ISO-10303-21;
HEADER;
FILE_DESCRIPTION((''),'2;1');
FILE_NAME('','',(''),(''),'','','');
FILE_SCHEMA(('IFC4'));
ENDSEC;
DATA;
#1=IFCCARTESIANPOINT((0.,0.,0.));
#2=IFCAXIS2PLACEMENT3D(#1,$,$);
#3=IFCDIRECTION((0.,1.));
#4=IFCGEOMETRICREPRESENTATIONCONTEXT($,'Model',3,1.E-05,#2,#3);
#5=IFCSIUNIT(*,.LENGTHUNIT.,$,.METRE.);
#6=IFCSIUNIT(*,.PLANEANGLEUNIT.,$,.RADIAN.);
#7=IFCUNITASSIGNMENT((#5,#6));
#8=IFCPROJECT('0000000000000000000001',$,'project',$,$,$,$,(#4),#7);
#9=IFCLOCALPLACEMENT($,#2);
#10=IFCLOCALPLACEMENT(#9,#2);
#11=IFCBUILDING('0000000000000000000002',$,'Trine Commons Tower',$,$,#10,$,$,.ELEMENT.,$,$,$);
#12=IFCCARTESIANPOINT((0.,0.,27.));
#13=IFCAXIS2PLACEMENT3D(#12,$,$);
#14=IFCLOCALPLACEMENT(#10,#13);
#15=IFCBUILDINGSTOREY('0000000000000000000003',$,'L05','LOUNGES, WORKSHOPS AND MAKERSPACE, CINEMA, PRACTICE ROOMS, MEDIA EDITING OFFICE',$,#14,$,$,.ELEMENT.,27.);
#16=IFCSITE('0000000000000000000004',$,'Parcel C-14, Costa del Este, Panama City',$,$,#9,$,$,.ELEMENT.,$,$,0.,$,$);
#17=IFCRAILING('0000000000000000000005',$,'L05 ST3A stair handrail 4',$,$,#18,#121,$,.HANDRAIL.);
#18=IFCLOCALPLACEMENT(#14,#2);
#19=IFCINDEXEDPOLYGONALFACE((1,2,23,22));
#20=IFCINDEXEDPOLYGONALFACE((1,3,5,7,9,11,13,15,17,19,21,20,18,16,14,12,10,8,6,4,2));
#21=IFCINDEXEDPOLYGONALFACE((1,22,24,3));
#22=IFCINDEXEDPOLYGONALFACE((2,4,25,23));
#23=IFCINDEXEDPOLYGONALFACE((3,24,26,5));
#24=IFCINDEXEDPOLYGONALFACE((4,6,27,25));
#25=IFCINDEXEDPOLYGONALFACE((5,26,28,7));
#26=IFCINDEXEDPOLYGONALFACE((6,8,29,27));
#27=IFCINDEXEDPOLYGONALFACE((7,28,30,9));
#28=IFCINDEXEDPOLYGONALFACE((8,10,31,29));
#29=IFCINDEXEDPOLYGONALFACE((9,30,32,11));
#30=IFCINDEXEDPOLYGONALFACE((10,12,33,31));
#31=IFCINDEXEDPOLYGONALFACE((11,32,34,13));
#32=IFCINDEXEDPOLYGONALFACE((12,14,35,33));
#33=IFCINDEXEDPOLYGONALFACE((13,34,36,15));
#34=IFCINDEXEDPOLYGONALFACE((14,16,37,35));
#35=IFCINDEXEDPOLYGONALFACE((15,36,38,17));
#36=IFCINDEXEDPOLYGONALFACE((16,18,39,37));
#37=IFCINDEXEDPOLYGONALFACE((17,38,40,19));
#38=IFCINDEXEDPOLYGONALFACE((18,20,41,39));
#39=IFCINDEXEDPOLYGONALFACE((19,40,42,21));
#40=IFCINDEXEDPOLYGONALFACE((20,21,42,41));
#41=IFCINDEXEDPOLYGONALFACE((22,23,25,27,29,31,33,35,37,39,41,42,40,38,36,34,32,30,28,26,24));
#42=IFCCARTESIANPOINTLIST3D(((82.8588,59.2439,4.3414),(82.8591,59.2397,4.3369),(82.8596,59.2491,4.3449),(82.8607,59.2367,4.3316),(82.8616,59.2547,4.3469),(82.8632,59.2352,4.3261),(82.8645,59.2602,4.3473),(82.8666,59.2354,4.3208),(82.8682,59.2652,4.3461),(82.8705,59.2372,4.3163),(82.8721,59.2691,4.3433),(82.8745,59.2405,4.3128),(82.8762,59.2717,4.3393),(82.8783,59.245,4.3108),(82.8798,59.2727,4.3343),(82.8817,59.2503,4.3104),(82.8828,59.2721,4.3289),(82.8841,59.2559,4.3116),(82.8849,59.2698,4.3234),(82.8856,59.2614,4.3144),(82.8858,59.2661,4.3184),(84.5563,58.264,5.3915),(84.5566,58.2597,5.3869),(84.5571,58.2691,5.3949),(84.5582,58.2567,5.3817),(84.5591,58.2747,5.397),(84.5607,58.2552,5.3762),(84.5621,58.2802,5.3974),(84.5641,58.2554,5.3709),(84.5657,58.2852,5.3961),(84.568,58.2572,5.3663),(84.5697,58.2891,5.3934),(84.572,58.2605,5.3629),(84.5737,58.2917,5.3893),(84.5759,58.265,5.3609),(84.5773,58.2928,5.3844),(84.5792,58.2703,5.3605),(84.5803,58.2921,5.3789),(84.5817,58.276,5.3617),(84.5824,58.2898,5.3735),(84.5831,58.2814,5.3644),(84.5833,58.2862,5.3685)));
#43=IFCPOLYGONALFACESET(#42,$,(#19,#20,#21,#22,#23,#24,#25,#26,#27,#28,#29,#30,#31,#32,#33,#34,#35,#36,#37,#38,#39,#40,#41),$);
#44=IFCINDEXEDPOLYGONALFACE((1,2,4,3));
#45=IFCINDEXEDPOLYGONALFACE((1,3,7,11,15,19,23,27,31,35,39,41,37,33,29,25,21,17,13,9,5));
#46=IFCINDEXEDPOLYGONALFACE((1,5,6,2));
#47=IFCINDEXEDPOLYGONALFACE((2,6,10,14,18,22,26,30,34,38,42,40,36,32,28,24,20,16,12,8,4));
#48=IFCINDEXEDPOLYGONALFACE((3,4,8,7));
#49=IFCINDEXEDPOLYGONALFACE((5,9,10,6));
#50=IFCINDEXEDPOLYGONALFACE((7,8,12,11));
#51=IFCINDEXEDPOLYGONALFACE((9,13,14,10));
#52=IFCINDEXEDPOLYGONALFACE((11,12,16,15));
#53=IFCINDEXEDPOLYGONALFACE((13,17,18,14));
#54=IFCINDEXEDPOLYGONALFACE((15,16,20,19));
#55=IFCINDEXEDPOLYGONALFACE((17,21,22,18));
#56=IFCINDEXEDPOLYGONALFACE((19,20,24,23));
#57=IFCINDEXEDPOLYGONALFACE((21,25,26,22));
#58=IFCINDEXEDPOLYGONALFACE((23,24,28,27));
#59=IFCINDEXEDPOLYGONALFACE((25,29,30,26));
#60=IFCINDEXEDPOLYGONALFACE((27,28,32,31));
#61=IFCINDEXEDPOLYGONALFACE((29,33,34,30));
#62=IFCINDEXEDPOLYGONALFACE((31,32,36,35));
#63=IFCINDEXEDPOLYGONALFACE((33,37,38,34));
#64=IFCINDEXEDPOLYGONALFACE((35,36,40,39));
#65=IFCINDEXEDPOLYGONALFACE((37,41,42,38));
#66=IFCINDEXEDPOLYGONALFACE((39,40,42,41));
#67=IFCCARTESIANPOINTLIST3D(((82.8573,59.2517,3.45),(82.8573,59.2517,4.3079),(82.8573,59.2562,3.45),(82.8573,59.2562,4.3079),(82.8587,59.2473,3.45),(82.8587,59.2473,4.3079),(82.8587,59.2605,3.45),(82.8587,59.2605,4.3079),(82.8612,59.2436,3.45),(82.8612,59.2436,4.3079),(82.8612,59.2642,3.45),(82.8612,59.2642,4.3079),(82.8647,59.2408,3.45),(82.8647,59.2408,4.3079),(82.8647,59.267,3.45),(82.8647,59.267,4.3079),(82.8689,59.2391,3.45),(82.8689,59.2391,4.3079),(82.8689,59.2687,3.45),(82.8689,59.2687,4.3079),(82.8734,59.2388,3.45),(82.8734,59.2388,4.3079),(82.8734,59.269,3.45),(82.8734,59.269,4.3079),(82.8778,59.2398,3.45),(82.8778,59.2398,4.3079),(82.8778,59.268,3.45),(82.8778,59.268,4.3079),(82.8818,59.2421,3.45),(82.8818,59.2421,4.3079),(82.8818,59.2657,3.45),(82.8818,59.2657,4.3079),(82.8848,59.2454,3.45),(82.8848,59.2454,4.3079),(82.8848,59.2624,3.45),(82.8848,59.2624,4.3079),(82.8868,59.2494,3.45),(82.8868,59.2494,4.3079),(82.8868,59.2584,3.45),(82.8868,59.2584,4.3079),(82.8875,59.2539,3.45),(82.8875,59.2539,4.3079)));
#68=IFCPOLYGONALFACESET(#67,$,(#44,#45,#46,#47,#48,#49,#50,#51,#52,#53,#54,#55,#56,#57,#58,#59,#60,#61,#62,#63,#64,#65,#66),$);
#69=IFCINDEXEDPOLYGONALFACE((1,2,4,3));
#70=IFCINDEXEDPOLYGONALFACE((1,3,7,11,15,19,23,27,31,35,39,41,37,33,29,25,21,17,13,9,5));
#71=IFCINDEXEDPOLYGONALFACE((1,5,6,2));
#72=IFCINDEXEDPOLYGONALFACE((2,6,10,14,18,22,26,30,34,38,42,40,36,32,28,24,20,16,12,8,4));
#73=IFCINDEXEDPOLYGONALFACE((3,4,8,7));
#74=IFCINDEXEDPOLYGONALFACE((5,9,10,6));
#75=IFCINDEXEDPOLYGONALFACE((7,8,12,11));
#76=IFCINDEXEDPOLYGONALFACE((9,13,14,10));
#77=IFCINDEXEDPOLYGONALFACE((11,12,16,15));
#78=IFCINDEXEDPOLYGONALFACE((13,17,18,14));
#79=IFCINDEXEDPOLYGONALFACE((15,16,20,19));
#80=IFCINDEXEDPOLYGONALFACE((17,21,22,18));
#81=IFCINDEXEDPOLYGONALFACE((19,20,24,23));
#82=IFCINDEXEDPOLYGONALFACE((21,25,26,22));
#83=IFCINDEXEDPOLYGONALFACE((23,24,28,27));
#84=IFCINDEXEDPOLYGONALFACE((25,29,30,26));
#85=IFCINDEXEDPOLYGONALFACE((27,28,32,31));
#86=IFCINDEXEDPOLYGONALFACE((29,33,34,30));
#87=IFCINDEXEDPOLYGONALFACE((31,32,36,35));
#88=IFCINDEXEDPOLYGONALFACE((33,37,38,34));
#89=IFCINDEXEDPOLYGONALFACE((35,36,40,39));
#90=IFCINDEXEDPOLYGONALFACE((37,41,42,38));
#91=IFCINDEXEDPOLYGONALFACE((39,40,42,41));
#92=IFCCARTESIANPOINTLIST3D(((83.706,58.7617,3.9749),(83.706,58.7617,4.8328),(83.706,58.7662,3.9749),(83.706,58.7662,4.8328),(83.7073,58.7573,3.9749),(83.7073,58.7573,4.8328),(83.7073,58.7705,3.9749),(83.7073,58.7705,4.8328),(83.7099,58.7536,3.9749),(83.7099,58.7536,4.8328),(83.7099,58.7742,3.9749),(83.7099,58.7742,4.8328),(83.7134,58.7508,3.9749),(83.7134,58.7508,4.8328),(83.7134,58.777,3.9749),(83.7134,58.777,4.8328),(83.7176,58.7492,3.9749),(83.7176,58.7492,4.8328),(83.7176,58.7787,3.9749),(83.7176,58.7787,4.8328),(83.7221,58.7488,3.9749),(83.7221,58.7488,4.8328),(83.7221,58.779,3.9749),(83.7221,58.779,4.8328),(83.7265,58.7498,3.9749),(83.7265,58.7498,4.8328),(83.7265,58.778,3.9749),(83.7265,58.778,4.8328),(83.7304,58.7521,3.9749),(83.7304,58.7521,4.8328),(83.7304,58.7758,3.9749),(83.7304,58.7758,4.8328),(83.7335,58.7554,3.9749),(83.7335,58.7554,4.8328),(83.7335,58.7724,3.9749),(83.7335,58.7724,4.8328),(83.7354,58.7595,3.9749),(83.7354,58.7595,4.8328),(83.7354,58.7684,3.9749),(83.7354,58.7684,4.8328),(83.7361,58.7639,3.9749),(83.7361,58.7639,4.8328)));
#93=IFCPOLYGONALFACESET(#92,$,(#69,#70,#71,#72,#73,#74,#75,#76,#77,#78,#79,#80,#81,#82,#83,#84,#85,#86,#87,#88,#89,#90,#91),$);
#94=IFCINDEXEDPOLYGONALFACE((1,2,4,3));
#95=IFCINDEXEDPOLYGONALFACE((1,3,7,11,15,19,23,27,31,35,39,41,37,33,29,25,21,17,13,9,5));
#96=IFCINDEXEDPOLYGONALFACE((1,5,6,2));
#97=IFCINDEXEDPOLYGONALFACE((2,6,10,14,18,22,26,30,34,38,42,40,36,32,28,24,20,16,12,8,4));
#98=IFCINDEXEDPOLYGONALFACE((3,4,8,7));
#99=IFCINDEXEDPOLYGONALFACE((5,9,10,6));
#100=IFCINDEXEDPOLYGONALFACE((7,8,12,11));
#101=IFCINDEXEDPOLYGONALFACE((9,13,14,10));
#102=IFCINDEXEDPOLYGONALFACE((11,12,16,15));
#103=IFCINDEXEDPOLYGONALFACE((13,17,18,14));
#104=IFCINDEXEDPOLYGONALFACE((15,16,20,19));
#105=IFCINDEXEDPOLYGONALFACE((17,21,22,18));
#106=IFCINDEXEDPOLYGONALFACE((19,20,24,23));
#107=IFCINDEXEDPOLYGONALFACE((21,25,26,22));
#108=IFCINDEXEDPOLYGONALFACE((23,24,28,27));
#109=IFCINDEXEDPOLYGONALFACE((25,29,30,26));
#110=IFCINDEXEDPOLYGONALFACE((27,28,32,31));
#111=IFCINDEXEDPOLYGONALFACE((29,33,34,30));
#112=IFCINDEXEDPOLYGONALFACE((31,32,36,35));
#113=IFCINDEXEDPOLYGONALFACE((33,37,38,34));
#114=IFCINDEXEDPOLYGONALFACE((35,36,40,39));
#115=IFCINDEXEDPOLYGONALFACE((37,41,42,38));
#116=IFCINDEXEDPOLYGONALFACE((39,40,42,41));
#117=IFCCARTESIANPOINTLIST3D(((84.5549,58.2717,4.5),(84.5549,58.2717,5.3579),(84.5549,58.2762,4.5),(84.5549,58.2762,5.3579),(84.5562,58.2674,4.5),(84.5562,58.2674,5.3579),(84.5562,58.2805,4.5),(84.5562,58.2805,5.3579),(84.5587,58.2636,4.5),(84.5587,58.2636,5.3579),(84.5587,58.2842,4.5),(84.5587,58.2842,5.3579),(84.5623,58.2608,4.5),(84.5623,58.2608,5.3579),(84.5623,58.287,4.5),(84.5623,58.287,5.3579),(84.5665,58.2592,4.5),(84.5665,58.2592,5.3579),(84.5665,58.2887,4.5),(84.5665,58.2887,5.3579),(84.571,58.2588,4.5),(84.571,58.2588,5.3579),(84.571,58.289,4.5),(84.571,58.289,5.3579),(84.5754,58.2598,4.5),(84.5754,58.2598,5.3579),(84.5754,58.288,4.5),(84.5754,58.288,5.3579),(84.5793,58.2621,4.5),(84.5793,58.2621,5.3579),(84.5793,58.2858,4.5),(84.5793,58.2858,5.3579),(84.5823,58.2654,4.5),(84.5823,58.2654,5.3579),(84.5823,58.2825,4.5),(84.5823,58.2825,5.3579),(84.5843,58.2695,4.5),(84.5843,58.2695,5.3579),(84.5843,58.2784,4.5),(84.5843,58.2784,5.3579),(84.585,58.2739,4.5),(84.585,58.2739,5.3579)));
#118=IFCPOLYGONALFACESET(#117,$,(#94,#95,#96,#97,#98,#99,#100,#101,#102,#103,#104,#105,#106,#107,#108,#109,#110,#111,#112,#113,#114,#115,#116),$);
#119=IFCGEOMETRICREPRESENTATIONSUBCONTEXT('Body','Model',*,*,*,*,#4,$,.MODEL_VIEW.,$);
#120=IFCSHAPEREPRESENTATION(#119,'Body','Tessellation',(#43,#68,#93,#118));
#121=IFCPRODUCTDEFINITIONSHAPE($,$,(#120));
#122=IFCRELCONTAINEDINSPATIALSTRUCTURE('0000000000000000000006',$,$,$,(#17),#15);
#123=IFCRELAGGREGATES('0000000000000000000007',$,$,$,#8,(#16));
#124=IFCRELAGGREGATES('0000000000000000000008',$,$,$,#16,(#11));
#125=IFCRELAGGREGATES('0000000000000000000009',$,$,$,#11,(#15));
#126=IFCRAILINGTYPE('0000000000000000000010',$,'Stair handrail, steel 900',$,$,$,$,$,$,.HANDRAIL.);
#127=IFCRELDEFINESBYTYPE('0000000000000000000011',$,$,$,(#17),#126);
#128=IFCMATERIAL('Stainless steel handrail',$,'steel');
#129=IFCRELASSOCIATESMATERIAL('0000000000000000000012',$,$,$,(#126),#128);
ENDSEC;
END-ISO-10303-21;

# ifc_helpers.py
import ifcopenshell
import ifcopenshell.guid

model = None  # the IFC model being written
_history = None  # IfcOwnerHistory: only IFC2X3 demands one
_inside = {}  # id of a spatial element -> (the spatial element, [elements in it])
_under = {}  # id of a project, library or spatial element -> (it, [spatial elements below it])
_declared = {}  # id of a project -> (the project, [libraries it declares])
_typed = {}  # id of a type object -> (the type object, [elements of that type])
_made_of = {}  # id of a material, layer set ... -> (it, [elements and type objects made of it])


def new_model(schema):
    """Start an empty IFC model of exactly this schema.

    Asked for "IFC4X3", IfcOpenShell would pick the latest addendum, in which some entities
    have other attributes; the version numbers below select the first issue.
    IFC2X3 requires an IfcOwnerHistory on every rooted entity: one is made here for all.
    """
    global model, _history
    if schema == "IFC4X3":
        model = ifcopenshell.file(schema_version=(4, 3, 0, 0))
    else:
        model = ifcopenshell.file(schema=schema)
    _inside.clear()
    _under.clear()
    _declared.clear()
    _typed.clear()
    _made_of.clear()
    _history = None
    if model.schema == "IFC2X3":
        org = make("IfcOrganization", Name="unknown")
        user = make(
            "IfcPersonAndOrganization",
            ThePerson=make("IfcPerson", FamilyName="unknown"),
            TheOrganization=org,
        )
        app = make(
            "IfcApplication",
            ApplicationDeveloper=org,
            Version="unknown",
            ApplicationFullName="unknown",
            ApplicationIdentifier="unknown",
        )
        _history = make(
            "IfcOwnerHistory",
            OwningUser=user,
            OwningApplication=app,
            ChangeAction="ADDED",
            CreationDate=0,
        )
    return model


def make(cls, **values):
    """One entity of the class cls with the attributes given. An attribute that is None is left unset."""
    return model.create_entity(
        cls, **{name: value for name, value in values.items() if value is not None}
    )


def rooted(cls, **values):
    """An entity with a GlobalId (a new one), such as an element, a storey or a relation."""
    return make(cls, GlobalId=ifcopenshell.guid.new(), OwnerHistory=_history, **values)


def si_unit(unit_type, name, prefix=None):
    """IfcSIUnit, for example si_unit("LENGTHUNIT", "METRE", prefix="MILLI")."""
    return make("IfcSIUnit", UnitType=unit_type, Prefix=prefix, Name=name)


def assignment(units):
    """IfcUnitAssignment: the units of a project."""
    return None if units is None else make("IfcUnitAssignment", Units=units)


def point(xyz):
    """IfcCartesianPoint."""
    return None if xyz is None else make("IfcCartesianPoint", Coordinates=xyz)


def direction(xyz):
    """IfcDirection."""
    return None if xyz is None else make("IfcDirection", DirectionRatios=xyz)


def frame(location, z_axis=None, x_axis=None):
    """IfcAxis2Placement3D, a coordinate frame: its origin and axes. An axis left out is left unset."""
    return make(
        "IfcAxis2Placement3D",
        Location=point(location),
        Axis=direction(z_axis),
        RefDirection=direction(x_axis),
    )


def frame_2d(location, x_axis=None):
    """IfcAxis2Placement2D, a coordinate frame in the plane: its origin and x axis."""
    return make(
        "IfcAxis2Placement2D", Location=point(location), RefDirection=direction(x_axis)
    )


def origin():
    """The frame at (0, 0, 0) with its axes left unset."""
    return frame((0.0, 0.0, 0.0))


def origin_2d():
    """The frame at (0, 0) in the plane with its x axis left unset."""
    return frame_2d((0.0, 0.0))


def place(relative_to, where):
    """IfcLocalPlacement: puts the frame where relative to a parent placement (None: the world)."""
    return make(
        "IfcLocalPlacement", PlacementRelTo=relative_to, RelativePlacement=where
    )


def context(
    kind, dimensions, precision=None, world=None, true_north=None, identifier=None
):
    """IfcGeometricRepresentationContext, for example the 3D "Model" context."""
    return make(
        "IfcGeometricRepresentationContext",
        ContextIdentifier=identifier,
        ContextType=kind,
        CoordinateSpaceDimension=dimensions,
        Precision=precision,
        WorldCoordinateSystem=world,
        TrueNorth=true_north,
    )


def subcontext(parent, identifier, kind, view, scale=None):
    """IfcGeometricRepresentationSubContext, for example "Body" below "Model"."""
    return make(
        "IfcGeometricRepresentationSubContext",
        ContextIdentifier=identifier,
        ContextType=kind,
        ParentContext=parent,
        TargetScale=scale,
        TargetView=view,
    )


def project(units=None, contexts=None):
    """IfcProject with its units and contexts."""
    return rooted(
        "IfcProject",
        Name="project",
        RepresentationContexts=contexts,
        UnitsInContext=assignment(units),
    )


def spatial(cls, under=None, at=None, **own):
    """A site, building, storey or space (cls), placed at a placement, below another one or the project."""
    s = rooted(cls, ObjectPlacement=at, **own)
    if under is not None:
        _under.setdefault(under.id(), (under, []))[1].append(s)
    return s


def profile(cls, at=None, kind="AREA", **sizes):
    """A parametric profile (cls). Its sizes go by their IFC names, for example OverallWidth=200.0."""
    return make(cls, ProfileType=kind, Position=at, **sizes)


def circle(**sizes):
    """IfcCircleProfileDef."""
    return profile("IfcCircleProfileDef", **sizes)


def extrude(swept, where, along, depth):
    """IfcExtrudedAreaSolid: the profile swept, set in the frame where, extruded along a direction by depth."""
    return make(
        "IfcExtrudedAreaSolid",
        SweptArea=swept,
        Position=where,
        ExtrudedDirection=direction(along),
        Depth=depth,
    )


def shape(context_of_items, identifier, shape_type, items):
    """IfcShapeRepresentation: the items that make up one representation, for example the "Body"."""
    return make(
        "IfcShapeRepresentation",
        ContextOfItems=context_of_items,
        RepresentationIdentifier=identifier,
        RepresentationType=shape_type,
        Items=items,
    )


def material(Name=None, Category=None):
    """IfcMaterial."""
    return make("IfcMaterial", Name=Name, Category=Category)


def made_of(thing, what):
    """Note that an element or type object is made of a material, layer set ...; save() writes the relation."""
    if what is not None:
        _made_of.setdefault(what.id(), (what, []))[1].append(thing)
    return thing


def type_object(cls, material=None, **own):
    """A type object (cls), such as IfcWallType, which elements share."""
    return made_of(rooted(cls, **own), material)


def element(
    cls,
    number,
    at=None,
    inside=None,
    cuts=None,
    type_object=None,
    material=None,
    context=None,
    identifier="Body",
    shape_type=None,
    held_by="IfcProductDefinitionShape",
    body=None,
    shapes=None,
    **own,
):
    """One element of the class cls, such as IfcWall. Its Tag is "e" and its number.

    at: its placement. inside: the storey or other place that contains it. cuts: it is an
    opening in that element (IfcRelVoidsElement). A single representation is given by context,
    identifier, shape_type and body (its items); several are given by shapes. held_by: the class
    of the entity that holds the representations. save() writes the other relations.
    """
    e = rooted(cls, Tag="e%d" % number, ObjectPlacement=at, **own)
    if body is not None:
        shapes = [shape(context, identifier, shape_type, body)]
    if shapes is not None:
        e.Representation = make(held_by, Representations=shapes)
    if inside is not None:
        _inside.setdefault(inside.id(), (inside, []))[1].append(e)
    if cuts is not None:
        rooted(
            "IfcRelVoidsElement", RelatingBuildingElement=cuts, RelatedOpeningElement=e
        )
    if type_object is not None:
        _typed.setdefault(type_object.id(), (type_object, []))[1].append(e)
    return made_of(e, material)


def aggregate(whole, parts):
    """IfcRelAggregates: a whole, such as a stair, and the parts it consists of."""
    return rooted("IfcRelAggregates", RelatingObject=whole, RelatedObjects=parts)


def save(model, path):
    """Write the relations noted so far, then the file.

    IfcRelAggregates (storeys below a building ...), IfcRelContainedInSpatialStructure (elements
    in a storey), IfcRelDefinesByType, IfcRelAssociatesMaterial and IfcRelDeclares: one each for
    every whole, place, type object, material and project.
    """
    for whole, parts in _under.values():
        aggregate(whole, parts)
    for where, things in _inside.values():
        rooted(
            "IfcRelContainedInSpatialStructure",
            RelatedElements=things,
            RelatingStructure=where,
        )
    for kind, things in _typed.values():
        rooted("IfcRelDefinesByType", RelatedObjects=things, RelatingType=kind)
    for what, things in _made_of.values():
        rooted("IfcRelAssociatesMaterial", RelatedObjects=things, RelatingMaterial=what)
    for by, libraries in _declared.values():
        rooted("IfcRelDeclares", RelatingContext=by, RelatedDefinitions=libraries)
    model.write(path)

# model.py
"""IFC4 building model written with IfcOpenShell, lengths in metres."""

from ifc_helpers import new_model, si_unit, direction, frame, origin, origin_2d, place, context, subcontext, project, spatial, circle, extrude, material, type_object, element, save


model = new_model("IFC4")

# Units and contexts
model_context = context("Model", 3, precision=1e-05, world=origin(), true_north=direction((0.0, 1.0)))
body_context = subcontext(model_context, "Body", "Model", "MODEL_VIEW")
ifc_project = project(units=[si_unit("LENGTHUNIT", "METRE"), si_unit("PLANEANGLEUNIT", "RADIAN")], contexts=[model_context])

# Site, building, storey
site_placement = place(None, origin())
site = spatial("IfcSite", under=ifc_project, at=site_placement, Name="Parcel C-14, Costa del Este, Panama City", CompositionType="ELEMENT", RefElevation=0.0)
building_placement = place(site_placement, origin())
building = spatial("IfcBuilding", under=site, at=building_placement, Name="Trine Commons Tower", CompositionType="ELEMENT")
storey_placement = place(building_placement, frame((0.0, 0.0, 27.0)))
storey = spatial("IfcBuildingStorey", under=building, at=storey_placement, Name="L05", Description="LOUNGES, WORKSHOPS AND MAKERSPACE, CINEMA, PRACTICE ROOMS, MEDIA EDITING OFFICE", CompositionType="ELEMENT", Elevation=27.0)

# Railing
ifc_material_1 = material(Name="Stainless steel handrail", Category="steel")
railing_type_1 = type_object("IfcRailingType", Name="Stair handrail, steel 900", PredefinedType="HANDRAIL", material=ifc_material_1)
railing_1_placement = place(storey_placement, frame((82.8723, 59.2539, 3.45)))
element("IfcRailing", 1, at=railing_1_placement, inside=storey, type_object=railing_type_1, Name="L05 ST3A stair handrail 4", PredefinedType="HANDRAIL", context=body_context, shape_type="SweptSolid", body=[
    extrude(circle(Radius=0.021, at=origin_2d()), frame((0.0, 0.0, 0.8789), z_axis=(0.763398, -0.440713, 0.472224), x_axis=(0.49997, 0.866042, 0.0)), (0.0, 0.0, 1.0), 2.2236),
    extrude(circle(Radius=0.0151, at=origin_2d()), origin(), (0.0, 0.0, 1.0), 0.8579),
    extrude(circle(Radius=0.0151, at=origin_2d()), frame((0.8486, -0.49, 0.5249)), (0.0, 0.0, 1.0), 0.8579),
    extrude(circle(Radius=0.0151, at=origin_2d()), frame((1.6975, -0.98, 1.05)), (0.0, 0.0, 1.0), 0.8579),
])

save(model, "model.ifc")
